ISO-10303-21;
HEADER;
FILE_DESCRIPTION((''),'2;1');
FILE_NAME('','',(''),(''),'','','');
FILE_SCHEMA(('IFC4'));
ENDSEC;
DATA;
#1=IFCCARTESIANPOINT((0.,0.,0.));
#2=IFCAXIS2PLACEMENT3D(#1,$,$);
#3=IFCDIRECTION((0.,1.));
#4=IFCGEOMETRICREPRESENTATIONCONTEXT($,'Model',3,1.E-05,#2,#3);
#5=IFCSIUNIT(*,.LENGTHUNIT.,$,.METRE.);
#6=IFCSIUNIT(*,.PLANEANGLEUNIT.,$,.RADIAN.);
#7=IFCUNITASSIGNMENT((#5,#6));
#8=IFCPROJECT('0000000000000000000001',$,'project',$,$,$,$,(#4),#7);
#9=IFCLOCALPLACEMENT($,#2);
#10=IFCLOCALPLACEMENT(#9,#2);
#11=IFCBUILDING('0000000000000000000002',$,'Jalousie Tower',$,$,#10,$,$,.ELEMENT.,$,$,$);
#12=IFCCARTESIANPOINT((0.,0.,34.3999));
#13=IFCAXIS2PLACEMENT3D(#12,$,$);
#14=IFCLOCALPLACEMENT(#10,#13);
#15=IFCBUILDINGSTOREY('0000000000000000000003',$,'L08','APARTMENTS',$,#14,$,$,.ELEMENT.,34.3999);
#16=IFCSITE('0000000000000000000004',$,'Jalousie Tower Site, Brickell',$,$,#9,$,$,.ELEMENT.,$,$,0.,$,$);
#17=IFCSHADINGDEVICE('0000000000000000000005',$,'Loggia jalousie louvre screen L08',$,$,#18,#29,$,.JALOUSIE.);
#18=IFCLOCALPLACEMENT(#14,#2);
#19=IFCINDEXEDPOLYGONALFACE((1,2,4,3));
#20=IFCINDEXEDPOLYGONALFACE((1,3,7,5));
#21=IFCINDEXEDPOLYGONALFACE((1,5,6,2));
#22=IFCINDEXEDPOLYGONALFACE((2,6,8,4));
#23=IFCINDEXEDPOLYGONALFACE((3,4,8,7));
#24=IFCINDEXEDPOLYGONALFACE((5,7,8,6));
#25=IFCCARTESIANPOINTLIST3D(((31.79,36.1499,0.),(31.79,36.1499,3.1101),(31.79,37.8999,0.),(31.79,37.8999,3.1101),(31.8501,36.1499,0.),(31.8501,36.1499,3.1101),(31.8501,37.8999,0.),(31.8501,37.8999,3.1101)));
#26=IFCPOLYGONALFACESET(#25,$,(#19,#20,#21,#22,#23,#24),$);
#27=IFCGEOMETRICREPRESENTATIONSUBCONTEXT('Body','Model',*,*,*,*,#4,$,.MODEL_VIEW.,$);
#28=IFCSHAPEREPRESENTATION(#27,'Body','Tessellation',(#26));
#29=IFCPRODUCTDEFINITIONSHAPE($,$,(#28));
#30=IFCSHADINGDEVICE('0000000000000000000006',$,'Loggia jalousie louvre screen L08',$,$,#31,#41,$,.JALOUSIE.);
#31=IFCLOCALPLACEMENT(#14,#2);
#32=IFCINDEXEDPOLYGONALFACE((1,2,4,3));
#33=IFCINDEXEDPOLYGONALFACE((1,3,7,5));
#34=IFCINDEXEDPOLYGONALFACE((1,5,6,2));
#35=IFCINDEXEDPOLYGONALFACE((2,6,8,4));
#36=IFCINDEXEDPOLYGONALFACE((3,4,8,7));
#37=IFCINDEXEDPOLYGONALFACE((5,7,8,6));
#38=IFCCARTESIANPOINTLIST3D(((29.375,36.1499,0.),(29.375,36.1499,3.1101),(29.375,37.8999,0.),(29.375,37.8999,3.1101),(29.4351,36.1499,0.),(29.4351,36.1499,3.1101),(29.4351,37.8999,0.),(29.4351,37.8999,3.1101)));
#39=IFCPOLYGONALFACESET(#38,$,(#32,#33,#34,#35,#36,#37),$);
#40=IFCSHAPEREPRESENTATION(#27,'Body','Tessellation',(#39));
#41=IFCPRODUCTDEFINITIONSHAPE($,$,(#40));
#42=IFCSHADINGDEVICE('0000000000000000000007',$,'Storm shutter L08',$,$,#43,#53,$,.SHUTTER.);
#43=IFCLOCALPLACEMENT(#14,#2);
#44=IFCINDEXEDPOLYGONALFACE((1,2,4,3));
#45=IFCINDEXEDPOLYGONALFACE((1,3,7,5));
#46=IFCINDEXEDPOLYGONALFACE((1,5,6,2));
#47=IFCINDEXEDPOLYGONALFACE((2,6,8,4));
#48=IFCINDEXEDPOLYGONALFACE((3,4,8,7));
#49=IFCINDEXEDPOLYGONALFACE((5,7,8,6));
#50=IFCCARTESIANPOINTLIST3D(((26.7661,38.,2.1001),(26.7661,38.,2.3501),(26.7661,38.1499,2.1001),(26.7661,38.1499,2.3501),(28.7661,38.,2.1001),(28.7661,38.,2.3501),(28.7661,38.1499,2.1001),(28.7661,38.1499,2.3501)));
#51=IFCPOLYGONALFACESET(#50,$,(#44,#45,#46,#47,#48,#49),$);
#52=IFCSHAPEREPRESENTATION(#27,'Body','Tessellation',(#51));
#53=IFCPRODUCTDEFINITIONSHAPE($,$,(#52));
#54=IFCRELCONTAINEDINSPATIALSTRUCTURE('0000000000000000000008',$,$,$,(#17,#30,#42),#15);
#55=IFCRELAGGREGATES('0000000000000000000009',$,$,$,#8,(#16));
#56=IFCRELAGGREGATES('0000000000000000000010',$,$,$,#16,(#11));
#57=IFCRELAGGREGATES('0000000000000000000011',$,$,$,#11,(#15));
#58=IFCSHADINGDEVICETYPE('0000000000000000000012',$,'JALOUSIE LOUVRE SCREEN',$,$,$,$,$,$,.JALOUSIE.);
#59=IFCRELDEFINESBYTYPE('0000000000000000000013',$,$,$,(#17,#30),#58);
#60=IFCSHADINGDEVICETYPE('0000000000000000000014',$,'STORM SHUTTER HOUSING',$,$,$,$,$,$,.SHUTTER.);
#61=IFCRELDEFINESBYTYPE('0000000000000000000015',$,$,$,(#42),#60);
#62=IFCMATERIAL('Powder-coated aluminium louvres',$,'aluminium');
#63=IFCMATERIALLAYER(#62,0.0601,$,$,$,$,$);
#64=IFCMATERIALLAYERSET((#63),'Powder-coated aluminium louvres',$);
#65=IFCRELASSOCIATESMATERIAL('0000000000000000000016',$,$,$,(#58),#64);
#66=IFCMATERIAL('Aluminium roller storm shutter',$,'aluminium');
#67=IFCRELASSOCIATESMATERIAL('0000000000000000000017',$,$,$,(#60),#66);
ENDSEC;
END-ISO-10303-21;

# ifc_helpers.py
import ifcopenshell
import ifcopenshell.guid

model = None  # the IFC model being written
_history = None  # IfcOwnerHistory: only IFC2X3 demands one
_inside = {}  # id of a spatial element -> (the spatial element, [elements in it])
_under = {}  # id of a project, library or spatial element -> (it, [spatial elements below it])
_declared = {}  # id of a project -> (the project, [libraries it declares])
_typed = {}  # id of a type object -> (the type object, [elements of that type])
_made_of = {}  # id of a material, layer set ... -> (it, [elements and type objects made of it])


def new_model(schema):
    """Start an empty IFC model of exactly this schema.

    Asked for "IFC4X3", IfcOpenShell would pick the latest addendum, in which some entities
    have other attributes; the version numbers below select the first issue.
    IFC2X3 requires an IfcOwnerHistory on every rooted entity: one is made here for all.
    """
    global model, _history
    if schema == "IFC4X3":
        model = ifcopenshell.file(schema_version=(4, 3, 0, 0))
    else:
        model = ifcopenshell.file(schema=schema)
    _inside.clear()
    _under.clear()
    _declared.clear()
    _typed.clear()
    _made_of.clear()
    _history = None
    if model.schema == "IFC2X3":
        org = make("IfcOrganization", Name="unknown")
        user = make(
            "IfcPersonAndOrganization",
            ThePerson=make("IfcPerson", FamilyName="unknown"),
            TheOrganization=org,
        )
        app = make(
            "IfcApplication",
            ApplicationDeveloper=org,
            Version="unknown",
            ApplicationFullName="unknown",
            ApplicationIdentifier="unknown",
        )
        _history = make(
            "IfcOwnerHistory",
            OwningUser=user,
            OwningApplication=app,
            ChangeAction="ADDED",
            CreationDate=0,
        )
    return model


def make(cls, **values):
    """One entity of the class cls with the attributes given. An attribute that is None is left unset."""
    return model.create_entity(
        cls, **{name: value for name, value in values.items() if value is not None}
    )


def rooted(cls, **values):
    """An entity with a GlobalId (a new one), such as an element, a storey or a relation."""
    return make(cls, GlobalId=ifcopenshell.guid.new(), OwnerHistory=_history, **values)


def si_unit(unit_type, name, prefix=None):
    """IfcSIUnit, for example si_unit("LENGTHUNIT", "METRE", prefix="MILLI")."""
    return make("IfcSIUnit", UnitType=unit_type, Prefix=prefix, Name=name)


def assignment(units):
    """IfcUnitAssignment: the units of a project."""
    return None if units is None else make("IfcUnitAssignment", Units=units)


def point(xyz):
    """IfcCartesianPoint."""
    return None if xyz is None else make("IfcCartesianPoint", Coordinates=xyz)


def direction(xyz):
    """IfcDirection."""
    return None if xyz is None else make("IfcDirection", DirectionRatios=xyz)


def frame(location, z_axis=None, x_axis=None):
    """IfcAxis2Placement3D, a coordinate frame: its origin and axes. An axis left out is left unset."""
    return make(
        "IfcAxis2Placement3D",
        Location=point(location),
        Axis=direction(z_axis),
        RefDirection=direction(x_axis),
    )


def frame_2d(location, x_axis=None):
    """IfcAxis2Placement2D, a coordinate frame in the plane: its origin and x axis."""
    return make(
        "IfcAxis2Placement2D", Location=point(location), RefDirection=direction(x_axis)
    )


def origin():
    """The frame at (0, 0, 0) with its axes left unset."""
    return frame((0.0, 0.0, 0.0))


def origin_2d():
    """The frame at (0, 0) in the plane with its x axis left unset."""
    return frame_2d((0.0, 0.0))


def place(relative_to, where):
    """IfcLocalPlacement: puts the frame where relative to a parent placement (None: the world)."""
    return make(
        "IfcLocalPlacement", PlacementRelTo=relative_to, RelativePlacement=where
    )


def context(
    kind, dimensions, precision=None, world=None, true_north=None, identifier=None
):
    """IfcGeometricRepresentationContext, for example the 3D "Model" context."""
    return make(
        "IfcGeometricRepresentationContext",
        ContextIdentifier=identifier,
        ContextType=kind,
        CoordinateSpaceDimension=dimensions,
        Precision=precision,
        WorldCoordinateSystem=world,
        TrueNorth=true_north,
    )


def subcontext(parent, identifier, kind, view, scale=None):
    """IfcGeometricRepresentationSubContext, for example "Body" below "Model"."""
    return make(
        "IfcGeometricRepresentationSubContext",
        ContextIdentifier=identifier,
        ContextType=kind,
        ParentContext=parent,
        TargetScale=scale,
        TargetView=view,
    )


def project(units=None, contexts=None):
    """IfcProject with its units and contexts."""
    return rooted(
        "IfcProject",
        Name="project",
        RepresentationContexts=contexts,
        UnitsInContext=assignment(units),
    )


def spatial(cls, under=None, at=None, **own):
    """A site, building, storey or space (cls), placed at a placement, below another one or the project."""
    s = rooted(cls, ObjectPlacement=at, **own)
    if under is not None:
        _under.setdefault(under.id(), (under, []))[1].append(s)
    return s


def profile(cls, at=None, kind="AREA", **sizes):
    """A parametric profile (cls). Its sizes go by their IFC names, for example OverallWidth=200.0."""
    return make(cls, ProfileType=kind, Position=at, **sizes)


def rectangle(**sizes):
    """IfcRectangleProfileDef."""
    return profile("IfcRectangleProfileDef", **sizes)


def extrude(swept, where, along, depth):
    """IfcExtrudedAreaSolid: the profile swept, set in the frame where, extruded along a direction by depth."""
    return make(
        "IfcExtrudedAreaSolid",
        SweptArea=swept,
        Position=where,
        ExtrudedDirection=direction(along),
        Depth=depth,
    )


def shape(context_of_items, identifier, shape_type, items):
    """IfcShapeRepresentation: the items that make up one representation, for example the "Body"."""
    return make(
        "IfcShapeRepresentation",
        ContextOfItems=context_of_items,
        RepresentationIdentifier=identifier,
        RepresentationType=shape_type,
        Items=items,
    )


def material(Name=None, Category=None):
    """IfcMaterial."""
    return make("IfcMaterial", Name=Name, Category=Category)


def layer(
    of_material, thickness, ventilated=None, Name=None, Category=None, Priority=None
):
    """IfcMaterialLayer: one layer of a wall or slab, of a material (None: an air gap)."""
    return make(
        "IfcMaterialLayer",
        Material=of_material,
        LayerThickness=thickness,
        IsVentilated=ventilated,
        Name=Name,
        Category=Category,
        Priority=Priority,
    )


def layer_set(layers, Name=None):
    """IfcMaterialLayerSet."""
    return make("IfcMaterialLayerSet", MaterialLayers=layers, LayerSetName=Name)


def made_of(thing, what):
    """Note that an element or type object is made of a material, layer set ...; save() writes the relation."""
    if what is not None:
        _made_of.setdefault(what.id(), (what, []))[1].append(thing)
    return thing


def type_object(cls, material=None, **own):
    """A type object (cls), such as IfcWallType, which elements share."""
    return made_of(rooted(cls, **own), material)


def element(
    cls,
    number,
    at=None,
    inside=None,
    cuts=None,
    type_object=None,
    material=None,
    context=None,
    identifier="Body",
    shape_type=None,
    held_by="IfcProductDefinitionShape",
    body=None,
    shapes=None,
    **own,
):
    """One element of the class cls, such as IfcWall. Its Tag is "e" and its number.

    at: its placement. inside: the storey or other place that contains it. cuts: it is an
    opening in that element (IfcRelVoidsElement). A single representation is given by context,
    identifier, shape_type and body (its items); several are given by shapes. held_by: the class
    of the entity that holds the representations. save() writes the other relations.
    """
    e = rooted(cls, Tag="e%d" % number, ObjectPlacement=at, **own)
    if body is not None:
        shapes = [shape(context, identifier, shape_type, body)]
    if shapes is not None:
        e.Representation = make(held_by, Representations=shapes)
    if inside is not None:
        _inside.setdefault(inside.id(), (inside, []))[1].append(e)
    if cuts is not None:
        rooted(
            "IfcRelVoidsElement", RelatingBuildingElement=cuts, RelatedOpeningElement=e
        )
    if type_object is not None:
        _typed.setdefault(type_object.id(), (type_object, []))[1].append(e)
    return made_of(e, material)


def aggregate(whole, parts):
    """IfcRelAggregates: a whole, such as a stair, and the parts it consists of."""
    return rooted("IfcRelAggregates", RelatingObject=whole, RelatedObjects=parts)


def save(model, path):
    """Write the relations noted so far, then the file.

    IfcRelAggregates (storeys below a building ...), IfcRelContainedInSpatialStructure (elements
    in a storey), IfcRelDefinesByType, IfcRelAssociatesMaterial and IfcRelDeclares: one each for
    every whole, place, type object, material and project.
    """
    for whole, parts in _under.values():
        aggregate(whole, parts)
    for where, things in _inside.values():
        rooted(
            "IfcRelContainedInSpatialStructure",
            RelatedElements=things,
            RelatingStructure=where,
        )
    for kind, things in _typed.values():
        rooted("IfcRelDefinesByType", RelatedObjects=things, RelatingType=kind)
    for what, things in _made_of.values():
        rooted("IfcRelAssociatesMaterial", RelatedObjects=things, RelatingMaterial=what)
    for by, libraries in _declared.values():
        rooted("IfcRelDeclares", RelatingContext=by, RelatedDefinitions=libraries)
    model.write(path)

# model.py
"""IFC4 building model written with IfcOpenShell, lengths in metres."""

from ifc_helpers import new_model, si_unit, direction, frame, origin, origin_2d, place, context, subcontext, project, spatial, rectangle, extrude, material, layer, layer_set, type_object, element, save


model = new_model("IFC4")

# Units and contexts
model_context = context("Model", 3, precision=1e-05, world=origin(), true_north=direction((0.0, 1.0)))
body_context = subcontext(model_context, "Body", "Model", "MODEL_VIEW")
ifc_project = project(units=[si_unit("LENGTHUNIT", "METRE"), si_unit("PLANEANGLEUNIT", "RADIAN")], contexts=[model_context])

# Site, building, storey
site_placement = place(None, origin())
site = spatial("IfcSite", under=ifc_project, at=site_placement, Name="Jalousie Tower Site, Brickell", CompositionType="ELEMENT", RefElevation=0.0)
building_placement = place(site_placement, origin())
building = spatial("IfcBuilding", under=site, at=building_placement, Name="Jalousie Tower", CompositionType="ELEMENT")
storey_placement = place(building_placement, frame((0.0, 0.0, 34.3999)))
storey = spatial("IfcBuildingStorey", under=building, at=storey_placement, Name="L08", Description="APARTMENTS", CompositionType="ELEMENT", Elevation=34.3999)

# Shading devices
ifc_material_1 = material(Name="Powder-coated aluminium louvres", Category="aluminium")
ifc_layer_1 = layer(ifc_material_1, 0.0601)
ifc_layer_set_1 = layer_set([ifc_layer_1], Name="Powder-coated aluminium louvres")
shading_device_type_1 = type_object("IfcShadingDeviceType", Name="JALOUSIE LOUVRE SCREEN", PredefinedType="JALOUSIE", material=ifc_layer_set_1)
for number, where, z_axis, x_axis, name in (
    (1, (31.8201, 37.0249, 0.0), (0.0, 0.0, 1.0), (-1.0, 0.0, 0.0), "Loggia jalousie louvre screen L08"),
    (2, (29.405, 37.0249, 0.0), (0.0, 0.0, 1.0), (-1.0, 0.0, 0.0), "Loggia jalousie louvre screen L08"),
):
    element("IfcShadingDevice", number, at=place(storey_placement, frame(where, z_axis=z_axis, x_axis=x_axis)), inside=storey, type_object=shading_device_type_1, Name=name, PredefinedType="JALOUSIE", context=body_context, shape_type="SweptSolid", body=[
        extrude(rectangle(XDim=0.0601, YDim=1.75, at=origin_2d()), origin(), (0.0, 0.0, 1.0), 3.1101),
    ])
ifc_material_2 = material(Name="Aluminium roller storm shutter", Category="aluminium")
shading_device_type_2 = type_object("IfcShadingDeviceType", Name="STORM SHUTTER HOUSING", PredefinedType="SHUTTER", material=ifc_material_2)
shading_device_placement = place(storey_placement, frame((27.7661, 38.075, 2.1001), z_axis=(0.0, 0.0, 1.0), x_axis=(-1.0, 0.0, 0.0)))
element("IfcShadingDevice", 3, at=shading_device_placement, inside=storey, type_object=shading_device_type_2, Name="Storm shutter L08", PredefinedType="SHUTTER", context=body_context, shape_type="SweptSolid", body=[
    extrude(rectangle(XDim=2.0, YDim=0.1499, at=origin_2d()), origin(), (0.0, 0.0, 1.0), 0.25),
])

save(model, "model.ifc")
